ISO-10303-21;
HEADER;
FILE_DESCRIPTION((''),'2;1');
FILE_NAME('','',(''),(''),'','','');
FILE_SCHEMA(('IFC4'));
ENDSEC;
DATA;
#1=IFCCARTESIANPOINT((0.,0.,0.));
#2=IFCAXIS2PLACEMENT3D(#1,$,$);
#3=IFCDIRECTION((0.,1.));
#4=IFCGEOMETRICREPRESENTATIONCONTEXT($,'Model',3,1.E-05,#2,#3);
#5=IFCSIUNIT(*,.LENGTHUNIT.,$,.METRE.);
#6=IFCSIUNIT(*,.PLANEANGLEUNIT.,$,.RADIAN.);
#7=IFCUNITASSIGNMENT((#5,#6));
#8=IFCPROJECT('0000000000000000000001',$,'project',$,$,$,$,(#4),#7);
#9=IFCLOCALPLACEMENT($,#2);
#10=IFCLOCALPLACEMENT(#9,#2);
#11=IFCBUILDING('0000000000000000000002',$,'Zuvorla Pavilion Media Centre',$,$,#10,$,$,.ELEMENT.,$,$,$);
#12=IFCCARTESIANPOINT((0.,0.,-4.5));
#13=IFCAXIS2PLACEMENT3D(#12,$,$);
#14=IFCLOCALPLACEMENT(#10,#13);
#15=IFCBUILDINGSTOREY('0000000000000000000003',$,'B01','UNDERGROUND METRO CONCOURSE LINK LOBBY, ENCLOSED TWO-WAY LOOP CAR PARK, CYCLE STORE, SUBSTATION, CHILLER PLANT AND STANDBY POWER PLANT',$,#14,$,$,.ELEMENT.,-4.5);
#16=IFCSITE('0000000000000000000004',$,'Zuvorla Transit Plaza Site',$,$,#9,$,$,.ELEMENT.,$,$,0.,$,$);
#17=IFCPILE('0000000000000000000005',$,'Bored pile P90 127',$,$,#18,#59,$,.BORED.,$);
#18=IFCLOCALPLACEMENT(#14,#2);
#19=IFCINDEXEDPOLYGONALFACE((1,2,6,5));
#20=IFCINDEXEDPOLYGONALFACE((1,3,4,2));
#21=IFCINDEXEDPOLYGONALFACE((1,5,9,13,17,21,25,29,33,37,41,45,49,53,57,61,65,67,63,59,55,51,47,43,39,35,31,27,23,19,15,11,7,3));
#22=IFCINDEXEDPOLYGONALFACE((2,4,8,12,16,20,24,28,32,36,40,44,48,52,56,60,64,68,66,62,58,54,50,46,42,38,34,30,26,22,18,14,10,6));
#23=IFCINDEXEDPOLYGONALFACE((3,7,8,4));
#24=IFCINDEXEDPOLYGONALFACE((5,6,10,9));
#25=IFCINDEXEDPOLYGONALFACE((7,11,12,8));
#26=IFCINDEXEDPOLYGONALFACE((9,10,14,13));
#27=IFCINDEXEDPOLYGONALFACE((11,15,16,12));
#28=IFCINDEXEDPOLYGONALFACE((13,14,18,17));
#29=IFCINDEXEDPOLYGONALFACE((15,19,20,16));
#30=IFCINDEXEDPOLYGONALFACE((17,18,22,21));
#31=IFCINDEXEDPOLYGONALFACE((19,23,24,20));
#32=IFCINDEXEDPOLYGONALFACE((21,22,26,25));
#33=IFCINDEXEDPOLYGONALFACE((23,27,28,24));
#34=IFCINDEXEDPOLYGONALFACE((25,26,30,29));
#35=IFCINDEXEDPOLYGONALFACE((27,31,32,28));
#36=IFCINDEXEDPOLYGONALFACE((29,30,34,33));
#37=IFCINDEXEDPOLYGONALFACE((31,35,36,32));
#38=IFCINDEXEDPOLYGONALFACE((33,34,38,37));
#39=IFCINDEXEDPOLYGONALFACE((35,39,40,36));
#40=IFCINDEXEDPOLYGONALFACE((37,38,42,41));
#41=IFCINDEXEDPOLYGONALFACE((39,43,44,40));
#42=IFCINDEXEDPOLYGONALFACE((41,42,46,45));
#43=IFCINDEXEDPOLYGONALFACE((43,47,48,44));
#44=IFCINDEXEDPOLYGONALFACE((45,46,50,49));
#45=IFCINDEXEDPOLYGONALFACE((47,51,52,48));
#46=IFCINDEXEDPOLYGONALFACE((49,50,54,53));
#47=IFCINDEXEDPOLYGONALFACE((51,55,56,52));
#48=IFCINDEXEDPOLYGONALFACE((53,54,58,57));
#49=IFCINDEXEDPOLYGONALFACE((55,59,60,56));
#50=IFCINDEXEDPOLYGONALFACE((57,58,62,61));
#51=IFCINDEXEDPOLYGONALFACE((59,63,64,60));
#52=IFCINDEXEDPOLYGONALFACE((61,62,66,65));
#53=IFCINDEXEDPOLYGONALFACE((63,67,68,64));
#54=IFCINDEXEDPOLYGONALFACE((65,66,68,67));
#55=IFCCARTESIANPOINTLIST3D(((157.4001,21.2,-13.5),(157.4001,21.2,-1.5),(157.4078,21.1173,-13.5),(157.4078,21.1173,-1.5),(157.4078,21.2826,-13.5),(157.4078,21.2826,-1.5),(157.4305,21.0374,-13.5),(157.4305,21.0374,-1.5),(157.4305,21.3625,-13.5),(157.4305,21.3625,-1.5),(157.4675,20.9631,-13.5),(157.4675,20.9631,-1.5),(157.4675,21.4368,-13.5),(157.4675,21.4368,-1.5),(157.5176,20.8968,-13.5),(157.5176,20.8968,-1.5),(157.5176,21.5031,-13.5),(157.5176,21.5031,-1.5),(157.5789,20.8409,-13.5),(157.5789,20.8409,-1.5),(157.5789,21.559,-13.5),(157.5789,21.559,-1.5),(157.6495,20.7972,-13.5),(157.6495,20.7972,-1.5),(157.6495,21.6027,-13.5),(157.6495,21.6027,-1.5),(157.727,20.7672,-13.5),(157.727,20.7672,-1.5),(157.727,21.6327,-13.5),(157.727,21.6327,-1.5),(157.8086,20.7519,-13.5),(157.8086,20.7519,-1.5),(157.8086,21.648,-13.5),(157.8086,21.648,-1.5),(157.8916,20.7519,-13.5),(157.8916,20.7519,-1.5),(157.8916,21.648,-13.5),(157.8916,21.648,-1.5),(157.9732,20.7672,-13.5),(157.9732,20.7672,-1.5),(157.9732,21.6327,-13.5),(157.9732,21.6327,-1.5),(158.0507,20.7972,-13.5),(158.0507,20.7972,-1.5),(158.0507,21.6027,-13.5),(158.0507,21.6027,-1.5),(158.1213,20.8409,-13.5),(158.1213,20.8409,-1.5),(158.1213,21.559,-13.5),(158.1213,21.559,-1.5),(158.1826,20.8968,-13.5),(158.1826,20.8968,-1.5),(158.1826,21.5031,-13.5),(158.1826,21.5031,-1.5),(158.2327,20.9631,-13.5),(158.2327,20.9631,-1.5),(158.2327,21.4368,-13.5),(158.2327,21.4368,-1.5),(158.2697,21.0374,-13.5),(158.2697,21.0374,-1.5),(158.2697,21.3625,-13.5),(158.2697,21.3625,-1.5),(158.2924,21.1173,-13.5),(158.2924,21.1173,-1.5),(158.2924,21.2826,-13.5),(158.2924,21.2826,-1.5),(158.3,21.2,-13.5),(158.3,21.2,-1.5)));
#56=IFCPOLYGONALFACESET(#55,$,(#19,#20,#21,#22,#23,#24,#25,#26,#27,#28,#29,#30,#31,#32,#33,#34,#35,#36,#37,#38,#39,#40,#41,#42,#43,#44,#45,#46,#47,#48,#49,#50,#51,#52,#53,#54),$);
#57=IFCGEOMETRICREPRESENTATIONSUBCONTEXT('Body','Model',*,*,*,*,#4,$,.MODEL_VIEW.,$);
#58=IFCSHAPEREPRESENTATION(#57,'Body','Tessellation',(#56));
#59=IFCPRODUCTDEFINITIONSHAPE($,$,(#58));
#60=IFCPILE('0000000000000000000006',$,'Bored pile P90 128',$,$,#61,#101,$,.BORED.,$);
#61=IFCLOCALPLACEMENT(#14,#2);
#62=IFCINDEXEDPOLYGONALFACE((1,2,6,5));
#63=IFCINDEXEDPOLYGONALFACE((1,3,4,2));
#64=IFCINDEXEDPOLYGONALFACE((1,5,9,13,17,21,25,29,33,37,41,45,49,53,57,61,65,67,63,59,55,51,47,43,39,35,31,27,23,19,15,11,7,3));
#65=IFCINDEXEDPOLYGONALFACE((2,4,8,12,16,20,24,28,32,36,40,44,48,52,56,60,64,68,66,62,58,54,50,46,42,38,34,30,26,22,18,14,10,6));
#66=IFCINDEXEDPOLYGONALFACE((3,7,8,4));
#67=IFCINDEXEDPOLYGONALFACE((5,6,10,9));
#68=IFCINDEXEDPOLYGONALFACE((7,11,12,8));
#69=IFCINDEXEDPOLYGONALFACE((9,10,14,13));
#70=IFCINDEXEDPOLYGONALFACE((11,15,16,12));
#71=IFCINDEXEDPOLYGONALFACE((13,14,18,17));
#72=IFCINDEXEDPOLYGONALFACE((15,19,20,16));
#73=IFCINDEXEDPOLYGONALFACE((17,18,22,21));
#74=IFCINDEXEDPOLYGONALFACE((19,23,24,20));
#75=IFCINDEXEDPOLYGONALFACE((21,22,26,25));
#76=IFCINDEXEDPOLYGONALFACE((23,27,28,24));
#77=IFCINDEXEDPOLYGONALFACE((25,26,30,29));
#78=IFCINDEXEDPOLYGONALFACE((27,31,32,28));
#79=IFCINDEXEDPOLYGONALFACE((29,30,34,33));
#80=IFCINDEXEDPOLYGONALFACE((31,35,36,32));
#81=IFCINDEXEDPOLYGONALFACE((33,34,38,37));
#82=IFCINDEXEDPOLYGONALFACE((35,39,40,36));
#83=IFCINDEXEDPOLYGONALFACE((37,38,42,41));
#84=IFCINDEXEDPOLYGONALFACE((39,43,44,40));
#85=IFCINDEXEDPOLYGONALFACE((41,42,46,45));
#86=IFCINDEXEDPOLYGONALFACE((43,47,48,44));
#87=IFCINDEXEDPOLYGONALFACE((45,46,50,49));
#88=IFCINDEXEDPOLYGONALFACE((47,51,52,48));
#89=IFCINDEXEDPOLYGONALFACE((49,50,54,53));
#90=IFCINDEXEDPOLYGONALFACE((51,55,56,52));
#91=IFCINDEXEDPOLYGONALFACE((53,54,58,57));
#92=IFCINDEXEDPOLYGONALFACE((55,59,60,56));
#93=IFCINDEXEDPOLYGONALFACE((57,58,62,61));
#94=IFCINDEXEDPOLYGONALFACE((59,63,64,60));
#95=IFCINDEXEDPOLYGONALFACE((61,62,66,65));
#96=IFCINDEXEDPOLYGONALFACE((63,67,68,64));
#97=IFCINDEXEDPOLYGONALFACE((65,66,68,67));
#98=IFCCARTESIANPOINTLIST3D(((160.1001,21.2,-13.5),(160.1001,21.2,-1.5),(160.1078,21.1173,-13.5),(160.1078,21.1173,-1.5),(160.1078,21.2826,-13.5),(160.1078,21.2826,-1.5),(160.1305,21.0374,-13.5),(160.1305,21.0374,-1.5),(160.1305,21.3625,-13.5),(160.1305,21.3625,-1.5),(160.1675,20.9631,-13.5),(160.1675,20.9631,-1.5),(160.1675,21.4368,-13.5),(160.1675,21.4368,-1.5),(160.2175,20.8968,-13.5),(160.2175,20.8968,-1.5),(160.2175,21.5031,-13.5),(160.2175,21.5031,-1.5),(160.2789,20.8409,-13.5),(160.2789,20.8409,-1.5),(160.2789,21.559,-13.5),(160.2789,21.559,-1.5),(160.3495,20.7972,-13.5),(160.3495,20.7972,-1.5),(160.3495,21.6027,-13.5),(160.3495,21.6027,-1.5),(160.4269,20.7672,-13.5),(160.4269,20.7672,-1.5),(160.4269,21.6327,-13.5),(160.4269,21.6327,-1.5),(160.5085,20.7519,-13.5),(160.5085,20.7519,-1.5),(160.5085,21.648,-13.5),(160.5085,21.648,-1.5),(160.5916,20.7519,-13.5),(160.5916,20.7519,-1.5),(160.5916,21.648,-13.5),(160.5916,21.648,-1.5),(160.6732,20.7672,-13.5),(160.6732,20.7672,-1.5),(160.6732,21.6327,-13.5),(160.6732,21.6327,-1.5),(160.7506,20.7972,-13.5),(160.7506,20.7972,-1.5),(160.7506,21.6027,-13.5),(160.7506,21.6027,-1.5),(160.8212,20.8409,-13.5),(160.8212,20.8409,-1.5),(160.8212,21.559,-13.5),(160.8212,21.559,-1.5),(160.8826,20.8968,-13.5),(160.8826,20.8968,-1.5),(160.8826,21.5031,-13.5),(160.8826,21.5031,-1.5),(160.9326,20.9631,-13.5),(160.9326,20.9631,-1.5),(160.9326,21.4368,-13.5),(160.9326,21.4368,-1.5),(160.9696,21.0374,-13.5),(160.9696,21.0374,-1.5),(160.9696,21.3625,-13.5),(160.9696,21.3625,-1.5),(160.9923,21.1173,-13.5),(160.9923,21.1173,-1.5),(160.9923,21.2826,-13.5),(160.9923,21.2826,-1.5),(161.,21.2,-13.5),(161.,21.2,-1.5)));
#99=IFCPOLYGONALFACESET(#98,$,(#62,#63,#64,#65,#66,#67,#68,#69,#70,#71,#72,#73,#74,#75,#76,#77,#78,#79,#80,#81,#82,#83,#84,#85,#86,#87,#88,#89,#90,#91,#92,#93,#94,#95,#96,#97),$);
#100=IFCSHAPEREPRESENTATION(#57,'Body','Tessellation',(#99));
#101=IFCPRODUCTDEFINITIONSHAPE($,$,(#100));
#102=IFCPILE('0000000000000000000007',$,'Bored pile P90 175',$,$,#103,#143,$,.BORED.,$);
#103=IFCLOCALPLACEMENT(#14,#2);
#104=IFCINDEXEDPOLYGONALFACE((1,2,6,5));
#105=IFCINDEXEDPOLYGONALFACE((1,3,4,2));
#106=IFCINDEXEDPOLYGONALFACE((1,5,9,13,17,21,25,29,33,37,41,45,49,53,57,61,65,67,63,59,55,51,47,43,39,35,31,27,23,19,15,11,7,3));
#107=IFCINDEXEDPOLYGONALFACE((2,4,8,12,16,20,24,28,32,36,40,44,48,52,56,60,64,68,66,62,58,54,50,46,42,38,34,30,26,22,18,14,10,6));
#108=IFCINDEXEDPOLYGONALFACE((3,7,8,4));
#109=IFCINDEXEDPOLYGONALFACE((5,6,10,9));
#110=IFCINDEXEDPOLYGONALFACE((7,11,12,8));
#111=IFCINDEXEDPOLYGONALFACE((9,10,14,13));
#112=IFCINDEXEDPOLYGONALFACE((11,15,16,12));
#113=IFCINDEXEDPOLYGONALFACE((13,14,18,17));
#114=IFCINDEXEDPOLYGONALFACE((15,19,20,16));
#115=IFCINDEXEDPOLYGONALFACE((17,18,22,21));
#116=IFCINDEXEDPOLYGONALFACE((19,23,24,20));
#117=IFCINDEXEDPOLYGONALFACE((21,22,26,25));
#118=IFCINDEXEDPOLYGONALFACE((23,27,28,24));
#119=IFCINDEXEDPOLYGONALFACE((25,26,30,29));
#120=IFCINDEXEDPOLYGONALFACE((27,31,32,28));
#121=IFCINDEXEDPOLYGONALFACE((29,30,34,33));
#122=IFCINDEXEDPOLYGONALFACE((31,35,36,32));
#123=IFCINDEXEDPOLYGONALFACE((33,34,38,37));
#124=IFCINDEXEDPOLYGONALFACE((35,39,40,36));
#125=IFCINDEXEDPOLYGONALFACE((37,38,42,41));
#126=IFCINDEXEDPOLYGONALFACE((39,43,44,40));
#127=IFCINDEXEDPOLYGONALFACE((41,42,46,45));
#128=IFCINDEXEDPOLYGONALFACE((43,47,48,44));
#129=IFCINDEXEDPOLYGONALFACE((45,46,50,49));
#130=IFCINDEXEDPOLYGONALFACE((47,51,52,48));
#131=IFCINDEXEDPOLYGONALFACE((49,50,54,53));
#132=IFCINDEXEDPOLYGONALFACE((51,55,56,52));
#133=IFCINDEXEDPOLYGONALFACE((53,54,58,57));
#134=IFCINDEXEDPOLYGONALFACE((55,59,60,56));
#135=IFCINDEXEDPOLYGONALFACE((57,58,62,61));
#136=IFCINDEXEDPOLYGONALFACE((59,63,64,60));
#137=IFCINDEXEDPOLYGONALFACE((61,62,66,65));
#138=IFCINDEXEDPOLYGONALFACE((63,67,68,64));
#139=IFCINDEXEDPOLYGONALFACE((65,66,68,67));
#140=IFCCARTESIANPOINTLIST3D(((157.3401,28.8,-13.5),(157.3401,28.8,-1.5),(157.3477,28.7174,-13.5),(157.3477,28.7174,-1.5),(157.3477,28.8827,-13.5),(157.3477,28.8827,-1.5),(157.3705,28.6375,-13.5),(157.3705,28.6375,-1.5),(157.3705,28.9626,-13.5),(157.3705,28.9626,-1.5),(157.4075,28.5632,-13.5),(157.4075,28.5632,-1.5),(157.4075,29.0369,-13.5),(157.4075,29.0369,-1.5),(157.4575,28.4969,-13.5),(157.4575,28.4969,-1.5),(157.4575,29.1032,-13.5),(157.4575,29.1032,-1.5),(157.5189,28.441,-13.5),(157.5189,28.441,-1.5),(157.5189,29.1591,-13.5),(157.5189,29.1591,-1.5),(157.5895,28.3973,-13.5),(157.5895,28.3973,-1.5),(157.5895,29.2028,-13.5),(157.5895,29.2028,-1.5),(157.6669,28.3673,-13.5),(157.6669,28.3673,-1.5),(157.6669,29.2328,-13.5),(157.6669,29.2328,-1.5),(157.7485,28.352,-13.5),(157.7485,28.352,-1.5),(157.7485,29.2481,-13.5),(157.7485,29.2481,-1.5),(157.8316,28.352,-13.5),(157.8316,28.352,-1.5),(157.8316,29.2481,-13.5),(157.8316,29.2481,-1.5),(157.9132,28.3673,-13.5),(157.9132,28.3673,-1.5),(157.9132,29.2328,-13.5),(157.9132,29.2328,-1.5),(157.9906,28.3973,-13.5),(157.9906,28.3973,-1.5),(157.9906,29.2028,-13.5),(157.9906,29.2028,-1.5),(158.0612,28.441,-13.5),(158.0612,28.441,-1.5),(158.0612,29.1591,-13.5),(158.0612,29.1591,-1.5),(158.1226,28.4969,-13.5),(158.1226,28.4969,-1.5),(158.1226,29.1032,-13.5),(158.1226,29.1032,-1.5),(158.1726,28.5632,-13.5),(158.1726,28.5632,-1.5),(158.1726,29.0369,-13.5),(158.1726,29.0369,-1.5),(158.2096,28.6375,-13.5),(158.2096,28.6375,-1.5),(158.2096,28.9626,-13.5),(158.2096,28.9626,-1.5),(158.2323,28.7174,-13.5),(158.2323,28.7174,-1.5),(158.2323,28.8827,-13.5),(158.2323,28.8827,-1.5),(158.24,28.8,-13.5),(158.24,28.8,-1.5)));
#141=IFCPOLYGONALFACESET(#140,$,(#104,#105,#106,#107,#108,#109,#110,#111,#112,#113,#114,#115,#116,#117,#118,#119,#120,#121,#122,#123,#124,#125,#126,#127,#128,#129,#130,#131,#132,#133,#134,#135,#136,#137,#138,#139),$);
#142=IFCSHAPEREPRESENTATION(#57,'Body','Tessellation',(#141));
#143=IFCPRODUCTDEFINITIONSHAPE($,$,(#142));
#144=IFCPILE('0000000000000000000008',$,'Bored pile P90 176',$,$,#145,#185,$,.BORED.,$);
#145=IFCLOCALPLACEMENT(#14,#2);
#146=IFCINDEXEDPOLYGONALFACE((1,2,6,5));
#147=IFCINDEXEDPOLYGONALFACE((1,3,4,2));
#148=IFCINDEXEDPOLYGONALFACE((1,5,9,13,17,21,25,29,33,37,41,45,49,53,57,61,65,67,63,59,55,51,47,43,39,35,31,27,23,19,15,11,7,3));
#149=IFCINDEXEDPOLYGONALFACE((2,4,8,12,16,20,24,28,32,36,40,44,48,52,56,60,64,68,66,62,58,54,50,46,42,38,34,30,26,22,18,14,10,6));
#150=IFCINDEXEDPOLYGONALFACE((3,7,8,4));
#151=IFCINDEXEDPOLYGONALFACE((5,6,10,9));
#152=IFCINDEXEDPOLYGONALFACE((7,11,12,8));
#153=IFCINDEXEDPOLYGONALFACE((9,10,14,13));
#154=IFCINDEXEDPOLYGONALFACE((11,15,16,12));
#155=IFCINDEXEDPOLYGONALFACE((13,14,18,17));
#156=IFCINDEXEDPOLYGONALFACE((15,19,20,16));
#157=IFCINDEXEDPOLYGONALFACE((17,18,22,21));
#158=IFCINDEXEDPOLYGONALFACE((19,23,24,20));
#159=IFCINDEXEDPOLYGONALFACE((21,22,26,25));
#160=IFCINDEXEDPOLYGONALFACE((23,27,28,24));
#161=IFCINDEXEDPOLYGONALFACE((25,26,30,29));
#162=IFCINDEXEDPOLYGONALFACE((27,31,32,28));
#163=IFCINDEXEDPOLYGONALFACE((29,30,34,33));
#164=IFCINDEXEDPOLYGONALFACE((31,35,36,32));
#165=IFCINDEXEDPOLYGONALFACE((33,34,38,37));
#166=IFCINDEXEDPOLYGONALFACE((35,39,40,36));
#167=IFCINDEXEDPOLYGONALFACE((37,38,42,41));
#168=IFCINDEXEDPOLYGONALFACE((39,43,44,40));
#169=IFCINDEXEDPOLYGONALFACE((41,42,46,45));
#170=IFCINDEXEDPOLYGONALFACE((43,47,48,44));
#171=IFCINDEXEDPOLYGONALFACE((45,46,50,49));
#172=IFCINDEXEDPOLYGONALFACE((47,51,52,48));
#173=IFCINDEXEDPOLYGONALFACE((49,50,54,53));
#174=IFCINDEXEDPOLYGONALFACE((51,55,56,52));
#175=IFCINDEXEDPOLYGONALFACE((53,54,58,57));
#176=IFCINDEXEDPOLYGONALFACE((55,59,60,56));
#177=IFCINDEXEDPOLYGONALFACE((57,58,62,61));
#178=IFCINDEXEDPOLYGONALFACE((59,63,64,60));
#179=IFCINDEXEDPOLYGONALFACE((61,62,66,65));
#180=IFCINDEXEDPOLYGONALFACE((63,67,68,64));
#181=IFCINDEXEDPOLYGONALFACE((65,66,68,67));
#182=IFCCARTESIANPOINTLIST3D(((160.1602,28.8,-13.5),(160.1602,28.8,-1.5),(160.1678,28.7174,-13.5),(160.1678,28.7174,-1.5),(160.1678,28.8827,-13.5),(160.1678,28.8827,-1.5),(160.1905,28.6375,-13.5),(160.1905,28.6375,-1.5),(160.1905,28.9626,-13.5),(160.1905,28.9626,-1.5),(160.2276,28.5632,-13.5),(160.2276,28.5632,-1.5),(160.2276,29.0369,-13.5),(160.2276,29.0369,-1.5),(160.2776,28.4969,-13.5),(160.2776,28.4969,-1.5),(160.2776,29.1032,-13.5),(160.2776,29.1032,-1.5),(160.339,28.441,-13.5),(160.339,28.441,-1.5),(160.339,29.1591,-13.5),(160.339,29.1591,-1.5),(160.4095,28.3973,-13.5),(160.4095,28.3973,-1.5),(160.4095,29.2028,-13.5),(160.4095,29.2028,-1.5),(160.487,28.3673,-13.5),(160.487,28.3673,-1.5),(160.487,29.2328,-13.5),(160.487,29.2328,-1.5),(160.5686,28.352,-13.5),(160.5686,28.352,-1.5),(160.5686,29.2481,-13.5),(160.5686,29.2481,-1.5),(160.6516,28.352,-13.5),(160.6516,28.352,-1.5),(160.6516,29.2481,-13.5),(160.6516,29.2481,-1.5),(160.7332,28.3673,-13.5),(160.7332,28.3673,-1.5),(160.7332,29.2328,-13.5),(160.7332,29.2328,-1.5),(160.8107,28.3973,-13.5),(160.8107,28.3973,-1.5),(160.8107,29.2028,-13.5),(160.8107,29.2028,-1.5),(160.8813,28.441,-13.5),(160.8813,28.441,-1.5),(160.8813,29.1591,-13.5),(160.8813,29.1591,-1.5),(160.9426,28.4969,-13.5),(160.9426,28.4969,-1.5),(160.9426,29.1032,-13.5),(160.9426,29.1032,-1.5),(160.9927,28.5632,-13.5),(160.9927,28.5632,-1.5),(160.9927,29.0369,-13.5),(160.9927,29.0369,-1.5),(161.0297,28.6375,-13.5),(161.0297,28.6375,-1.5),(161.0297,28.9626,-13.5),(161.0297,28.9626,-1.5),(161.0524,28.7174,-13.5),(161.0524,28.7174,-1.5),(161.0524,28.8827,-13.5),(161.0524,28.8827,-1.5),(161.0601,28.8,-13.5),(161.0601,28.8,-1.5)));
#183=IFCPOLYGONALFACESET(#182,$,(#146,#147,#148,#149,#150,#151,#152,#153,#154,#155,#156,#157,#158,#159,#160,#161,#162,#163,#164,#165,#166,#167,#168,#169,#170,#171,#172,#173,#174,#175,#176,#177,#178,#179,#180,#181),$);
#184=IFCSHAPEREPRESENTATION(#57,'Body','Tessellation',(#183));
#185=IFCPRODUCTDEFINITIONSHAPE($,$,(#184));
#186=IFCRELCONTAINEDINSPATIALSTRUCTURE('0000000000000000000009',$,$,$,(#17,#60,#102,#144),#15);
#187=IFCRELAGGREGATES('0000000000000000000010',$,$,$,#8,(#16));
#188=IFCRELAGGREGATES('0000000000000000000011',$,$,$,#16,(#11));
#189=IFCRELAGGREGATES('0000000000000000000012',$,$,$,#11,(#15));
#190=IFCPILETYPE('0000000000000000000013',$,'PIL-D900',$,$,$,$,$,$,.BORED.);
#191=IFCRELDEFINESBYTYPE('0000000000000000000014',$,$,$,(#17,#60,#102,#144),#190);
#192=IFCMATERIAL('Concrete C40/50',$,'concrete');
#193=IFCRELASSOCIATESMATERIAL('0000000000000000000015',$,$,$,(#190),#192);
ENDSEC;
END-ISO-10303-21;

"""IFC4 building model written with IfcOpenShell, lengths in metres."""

from ifc_helpers import new_model, si_unit, direction, frame, origin, origin_2d, place, context, subcontext, project, spatial, circle, extrude, material, material_profile, profile_set, type_object, element, save


model = new_model("IFC4")

# Units and contexts
model_context = context("Model", 3, precision=1e-05, world=origin(), true_north=direction((0.0, 1.0)))
body_context = subcontext(model_context, "Body", "Model", "MODEL_VIEW")
ifc_project = project(units=[si_unit("LENGTHUNIT", "METRE"), si_unit("PLANEANGLEUNIT", "RADIAN")], contexts=[model_context])

# Site, building, storey
site_placement = place(None, origin())
site = spatial("IfcSite", under=ifc_project, at=site_placement, Name="Zuvorla Transit Plaza Site", CompositionType="ELEMENT", RefElevation=0.0)
building_placement = place(site_placement, origin())
building = spatial("IfcBuilding", under=site, at=building_placement, Name="Zuvorla Pavilion Media Centre", CompositionType="ELEMENT")
storey_placement = place(building_placement, frame((0.0, 0.0, -4.5)))
storey = spatial("IfcBuildingStorey", under=building, at=storey_placement, Name="B01", Description="UNDERGROUND METRO CONCOURSE LINK LOBBY, ENCLOSED TWO-WAY LOOP CAR PARK, CYCLE STORE, SUBSTATION, CHILLER PLANT AND STANDBY POWER PLANT", CompositionType="ELEMENT", Elevation=-4.5)

# Shared definitions
ifc_material = material(Name="Concrete C40/50", Category="concrete")

# Piles
ifc_material_profile_1 = material_profile(ifc_material, circle(Radius=0.45, at=origin_2d()), Name="BORED PILE 900")
ifc_profile_set_1 = profile_set([ifc_material_profile_1], Name="Concrete C40/50")
pile_type = type_object("IfcPileType", Name="PIL-D900", PredefinedType="BORED", material=ifc_profile_set_1)
for number, where, z_axis, x_axis, name in (
    (1, (157.8501, 21.2, -1.5), (0.0, 0.0, -1.0), (1.0, 0.0, 0.0), "Bored pile P90 127"),
    (2, (160.55, 21.2, -1.5), (0.0, 0.0, -1.0), (1.0, 0.0, 0.0), "Bored pile P90 128"),
    (3, (157.79, 28.8, -1.5), (0.0, 0.0, -1.0), (1.0, 0.0, 0.0), "Bored pile P90 175"),
    (4, (160.6101, 28.8, -1.5), (0.0, 0.0, -1.0), (1.0, 0.0, 0.0), "Bored pile P90 176"),
):
    element("IfcPile", number, at=place(storey_placement, frame(where, z_axis=z_axis, x_axis=x_axis)), inside=storey, type_object=pile_type, Name=name, PredefinedType="BORED", context=body_context, shape_type="SweptSolid", body=[
        extrude(circle(Radius=0.45, at=origin_2d()), origin(), (0.0, 0.0, 1.0), 12.0),
    ])

save(model, "model.ifc")
